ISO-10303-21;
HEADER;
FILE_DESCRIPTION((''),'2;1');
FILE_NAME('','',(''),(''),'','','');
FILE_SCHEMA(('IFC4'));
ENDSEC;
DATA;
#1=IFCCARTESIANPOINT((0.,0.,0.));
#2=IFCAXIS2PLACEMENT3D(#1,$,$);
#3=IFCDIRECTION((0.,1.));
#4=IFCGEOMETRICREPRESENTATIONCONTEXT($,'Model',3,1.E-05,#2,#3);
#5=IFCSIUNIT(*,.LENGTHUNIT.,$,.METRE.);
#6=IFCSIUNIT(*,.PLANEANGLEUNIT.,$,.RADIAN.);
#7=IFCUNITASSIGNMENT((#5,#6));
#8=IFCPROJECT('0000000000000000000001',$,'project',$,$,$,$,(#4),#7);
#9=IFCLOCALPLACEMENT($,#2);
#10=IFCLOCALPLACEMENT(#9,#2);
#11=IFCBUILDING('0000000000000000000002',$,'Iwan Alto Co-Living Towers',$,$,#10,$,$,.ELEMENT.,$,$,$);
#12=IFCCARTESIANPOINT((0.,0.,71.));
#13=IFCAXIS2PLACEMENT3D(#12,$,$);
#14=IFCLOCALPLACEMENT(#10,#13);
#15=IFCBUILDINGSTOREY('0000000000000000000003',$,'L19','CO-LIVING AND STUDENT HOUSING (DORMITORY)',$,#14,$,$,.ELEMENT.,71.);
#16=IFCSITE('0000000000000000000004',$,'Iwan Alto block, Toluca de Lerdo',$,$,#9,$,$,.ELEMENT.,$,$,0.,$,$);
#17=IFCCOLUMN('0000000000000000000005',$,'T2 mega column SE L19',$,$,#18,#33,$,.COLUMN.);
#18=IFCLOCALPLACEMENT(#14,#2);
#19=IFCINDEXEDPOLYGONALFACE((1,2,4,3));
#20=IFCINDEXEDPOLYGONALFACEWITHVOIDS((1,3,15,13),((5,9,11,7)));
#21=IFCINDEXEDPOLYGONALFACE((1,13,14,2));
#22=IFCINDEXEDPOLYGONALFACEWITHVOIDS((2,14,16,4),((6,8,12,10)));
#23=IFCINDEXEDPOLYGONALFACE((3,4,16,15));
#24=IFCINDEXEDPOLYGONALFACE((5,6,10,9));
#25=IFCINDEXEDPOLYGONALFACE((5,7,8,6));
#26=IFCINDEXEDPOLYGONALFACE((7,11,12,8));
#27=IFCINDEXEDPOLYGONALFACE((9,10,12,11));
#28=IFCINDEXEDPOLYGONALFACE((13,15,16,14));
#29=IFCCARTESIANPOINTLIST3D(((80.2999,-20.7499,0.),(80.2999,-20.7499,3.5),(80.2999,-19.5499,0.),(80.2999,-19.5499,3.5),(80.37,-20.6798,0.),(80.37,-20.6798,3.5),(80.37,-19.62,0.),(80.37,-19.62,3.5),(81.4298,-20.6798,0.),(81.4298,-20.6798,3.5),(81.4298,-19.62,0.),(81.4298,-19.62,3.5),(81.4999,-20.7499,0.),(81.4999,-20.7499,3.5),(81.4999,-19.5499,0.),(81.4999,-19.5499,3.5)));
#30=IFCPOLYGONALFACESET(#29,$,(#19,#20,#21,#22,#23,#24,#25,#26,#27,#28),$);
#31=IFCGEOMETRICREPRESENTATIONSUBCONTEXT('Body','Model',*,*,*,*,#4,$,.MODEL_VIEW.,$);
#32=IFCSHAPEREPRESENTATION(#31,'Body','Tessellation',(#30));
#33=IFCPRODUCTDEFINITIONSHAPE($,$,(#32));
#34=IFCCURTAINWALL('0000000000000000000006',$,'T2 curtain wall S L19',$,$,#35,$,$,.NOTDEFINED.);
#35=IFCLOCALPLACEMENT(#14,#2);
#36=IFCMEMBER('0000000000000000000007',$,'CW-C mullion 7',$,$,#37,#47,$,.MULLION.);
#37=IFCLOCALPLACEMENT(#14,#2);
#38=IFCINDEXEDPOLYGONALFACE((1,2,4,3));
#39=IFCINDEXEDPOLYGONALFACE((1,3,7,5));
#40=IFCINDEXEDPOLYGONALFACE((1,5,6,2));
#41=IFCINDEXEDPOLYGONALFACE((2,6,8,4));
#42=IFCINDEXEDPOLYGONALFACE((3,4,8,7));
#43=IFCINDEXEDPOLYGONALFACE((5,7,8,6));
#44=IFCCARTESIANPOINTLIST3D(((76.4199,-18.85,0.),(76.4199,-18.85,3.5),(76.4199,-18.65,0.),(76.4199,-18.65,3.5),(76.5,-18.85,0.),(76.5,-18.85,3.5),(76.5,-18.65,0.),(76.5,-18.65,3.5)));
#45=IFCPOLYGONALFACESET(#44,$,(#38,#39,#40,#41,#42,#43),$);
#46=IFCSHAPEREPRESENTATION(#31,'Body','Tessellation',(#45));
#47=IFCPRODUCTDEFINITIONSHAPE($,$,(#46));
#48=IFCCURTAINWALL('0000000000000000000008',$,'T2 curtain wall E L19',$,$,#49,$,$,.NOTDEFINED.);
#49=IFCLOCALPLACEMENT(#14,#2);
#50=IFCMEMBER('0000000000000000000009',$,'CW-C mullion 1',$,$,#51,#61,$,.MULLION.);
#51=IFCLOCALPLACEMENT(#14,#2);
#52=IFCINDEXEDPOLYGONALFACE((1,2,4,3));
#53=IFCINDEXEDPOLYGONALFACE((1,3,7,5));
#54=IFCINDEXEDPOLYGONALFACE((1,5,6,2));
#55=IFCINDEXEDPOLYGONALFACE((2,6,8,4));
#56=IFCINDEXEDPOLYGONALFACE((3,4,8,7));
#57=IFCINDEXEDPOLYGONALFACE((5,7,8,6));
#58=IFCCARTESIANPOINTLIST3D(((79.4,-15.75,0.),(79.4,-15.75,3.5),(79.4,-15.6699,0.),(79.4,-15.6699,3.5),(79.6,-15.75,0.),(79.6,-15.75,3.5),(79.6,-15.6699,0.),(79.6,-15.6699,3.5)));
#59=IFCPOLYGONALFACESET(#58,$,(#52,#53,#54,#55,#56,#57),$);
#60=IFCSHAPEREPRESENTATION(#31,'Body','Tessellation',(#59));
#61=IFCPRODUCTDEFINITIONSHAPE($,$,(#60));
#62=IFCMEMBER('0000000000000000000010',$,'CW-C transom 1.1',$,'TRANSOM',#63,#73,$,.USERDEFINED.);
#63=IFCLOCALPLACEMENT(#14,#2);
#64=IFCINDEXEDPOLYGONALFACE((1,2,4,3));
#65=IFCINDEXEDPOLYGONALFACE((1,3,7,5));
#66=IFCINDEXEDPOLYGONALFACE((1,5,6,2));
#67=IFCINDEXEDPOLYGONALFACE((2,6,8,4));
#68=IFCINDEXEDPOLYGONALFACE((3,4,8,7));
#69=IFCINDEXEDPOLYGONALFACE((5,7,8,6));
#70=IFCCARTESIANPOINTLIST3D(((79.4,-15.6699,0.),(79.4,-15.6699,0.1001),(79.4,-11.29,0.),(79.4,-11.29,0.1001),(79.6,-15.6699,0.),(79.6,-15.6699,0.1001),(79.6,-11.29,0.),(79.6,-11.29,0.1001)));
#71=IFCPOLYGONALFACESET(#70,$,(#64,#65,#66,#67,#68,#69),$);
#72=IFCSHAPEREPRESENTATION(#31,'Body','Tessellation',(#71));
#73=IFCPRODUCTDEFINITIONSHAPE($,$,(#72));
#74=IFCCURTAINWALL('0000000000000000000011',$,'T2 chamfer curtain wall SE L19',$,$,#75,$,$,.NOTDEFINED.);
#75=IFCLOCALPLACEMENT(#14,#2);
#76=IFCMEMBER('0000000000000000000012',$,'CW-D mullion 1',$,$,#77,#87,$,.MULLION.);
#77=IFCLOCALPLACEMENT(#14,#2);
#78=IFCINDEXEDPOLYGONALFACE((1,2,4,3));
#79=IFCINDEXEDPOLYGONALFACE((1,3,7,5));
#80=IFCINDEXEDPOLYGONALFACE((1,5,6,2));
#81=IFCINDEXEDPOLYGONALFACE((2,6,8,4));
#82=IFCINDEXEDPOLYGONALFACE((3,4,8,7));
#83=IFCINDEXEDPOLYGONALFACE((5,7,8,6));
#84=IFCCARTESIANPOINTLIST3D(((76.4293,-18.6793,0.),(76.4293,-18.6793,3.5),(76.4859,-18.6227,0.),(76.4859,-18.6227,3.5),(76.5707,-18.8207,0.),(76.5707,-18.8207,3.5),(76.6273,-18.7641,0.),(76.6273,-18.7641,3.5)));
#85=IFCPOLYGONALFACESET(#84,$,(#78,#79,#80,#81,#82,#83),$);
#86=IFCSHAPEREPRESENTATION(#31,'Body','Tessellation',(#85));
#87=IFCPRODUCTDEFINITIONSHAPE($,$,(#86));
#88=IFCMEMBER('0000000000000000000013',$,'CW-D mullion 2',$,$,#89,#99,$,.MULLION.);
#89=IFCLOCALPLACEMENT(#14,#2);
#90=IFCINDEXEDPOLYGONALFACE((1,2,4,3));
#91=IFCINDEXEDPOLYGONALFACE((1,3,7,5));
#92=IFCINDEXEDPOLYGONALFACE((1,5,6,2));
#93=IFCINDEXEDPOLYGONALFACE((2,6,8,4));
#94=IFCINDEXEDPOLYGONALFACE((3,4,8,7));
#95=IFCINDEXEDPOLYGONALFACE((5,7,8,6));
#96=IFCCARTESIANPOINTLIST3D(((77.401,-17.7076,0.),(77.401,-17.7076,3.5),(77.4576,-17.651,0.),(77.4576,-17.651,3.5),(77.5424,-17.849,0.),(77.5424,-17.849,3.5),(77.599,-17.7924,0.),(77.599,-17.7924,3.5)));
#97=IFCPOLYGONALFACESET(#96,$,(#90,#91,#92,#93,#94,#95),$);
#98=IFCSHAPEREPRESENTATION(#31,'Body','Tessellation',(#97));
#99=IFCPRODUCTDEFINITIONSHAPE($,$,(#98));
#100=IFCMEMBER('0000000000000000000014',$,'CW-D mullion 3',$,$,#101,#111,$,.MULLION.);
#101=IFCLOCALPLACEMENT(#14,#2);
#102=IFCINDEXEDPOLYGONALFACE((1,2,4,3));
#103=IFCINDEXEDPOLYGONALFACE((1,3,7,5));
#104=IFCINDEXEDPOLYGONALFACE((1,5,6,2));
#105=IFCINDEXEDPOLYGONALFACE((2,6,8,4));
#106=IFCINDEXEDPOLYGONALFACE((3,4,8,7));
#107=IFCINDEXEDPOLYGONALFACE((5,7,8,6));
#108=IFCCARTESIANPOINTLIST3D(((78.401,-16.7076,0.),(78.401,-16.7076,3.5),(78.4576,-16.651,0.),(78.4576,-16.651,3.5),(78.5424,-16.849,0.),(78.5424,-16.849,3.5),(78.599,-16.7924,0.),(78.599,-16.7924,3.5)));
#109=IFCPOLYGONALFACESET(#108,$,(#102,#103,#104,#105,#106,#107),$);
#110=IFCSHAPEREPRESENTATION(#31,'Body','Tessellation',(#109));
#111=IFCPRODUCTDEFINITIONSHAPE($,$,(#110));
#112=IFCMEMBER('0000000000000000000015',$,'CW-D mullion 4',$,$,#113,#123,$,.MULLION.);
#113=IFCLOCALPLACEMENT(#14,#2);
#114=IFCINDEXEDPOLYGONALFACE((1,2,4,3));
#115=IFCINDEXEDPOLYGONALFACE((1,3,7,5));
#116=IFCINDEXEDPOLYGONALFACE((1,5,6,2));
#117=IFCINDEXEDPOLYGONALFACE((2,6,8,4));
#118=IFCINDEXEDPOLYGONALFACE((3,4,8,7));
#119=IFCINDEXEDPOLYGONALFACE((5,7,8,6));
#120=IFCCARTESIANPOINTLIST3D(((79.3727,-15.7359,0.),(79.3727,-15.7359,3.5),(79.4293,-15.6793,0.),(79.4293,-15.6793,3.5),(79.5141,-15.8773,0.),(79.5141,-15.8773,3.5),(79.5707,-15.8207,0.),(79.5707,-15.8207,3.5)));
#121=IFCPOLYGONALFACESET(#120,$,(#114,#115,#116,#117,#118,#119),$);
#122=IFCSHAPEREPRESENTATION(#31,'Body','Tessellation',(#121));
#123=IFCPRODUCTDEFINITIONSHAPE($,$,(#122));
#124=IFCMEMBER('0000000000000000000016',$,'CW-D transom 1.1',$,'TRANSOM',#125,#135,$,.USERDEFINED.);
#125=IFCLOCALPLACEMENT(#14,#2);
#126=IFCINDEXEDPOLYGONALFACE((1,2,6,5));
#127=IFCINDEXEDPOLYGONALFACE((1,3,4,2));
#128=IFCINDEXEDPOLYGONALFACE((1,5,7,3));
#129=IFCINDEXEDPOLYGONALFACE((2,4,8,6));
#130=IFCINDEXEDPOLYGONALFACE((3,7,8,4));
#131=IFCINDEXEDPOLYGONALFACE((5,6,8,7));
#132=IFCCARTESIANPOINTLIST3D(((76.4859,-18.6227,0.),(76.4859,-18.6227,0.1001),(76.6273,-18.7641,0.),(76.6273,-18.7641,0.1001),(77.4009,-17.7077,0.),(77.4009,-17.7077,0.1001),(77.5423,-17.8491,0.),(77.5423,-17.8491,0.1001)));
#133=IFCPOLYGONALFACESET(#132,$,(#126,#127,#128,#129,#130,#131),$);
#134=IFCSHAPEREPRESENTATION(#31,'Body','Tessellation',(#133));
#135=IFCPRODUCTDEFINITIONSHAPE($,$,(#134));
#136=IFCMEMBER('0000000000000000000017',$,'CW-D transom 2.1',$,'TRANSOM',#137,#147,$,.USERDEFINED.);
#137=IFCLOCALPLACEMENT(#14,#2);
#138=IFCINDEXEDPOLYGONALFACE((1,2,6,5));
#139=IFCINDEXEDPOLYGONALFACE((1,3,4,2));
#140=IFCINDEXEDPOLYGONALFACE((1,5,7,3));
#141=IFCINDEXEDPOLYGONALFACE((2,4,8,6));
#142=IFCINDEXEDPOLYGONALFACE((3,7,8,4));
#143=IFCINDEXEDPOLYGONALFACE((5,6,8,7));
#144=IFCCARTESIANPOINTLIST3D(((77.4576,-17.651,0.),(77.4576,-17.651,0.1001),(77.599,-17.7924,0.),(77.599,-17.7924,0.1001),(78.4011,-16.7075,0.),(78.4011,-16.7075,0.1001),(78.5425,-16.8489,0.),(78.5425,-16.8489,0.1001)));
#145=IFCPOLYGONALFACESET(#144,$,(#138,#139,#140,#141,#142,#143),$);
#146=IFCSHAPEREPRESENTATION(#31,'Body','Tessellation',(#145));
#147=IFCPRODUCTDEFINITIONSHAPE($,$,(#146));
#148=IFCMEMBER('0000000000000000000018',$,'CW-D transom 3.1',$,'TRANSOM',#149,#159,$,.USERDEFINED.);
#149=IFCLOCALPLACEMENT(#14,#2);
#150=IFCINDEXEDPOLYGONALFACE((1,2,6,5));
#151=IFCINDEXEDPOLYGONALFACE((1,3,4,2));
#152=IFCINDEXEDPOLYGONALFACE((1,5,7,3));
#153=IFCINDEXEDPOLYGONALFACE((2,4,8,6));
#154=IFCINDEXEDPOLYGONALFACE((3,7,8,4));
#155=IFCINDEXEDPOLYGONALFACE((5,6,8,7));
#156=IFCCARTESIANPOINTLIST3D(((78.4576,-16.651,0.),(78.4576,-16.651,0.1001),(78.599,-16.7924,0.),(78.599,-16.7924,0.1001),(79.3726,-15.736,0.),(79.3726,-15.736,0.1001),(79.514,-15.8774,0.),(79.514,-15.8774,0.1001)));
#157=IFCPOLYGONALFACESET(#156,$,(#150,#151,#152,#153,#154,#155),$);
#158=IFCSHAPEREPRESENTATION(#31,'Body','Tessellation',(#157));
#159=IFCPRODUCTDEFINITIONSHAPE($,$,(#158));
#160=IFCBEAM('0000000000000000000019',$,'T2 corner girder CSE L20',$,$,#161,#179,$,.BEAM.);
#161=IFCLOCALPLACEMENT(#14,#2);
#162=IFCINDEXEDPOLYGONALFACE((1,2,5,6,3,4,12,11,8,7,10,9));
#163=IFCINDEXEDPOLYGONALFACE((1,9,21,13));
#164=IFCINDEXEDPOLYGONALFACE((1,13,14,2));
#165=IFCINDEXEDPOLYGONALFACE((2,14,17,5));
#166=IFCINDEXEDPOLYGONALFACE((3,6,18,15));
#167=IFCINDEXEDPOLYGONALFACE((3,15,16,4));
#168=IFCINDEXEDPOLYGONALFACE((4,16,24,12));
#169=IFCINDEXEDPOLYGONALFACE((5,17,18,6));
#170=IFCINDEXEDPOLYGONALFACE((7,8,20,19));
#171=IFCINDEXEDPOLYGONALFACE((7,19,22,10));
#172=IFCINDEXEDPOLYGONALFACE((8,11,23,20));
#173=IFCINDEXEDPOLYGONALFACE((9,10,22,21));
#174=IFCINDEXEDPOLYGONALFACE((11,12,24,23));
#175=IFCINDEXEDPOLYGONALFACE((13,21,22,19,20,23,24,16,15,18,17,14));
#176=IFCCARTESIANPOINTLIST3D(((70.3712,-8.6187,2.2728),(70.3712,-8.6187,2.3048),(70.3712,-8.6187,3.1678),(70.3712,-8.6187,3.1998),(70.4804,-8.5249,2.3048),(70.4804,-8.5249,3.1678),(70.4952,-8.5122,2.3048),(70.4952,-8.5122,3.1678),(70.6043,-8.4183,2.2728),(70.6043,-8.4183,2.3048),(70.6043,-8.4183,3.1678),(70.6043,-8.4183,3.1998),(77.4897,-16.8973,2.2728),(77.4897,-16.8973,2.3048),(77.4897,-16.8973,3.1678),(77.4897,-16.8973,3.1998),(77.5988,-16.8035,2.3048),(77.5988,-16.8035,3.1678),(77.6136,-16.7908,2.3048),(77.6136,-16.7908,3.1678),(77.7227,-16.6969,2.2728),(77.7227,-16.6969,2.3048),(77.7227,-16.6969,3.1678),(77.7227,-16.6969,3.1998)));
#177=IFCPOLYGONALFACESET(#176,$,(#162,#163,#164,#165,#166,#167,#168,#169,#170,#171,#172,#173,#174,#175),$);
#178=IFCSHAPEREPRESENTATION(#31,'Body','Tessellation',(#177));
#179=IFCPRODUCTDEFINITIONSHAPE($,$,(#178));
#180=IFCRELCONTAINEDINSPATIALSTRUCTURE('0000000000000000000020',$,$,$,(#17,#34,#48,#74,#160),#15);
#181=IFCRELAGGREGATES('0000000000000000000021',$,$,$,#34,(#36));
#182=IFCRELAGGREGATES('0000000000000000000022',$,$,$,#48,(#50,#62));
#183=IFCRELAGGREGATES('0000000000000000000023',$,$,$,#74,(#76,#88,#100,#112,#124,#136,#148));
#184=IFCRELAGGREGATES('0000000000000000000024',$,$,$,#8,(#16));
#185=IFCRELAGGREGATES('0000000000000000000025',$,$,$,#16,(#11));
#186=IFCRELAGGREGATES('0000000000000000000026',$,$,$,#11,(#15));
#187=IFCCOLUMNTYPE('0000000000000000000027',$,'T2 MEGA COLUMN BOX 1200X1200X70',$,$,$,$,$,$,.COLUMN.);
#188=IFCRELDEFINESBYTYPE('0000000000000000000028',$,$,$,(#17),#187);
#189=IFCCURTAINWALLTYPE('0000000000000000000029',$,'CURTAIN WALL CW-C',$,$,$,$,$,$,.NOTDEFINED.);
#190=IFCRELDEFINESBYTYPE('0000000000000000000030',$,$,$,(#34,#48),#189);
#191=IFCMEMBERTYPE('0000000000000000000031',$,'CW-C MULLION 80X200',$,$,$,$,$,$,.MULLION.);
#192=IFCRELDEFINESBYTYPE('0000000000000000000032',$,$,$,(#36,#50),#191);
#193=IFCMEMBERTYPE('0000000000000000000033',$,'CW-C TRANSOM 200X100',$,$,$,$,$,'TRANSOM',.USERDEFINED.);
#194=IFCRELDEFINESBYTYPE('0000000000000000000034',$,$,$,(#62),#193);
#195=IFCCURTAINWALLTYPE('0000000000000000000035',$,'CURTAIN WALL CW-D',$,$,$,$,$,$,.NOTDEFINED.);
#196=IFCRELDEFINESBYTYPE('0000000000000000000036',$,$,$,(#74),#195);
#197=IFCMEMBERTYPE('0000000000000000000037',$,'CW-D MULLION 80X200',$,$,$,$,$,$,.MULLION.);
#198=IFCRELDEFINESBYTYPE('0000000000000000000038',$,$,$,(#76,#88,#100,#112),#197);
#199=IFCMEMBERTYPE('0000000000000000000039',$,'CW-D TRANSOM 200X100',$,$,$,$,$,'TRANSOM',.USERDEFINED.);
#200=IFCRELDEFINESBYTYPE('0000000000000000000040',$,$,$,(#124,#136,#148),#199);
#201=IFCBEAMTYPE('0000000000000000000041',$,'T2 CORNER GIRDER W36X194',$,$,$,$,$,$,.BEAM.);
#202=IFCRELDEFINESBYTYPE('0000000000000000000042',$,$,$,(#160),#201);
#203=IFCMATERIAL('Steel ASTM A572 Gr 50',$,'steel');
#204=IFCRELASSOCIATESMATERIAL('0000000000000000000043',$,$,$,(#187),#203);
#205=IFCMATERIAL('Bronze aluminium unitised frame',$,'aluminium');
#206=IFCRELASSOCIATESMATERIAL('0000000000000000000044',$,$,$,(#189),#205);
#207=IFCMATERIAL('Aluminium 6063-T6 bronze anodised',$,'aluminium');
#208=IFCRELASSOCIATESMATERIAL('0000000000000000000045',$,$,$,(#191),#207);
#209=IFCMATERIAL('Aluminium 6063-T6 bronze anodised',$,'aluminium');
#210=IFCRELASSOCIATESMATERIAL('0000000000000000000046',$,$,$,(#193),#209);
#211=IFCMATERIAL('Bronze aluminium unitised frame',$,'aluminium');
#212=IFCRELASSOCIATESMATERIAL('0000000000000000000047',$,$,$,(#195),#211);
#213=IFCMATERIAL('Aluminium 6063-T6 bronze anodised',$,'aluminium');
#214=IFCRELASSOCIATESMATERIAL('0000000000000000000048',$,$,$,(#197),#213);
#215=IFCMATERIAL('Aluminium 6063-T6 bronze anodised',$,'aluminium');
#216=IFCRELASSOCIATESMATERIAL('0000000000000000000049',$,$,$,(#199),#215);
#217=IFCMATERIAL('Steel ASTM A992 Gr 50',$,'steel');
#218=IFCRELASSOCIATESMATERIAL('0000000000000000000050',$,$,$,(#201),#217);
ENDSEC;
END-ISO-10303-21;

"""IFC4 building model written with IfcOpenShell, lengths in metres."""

from ifc_helpers import new_model, si_unit, direction, frame, origin, origin_2d, place, context, subcontext, project, spatial, rectangle, hollow_rectangle, i_section, extrude, material, material_profile, profile_set, type_object, element, aggregate, save


model = new_model("IFC4")

# Units and contexts
model_context = context("Model", 3, precision=1e-05, world=origin(), true_north=direction((0.0, 1.0)))
body_context = subcontext(model_context, "Body", "Model", "MODEL_VIEW")
ifc_project = project(units=[si_unit("LENGTHUNIT", "METRE"), si_unit("PLANEANGLEUNIT", "RADIAN")], contexts=[model_context])

# Site, building, storey
site_placement = place(None, origin())
site = spatial("IfcSite", under=ifc_project, at=site_placement, Name="Iwan Alto block, Toluca de Lerdo", CompositionType="ELEMENT", RefElevation=0.0)
building_placement = place(site_placement, origin())
building = spatial("IfcBuilding", under=site, at=building_placement, Name="Iwan Alto Co-Living Towers", CompositionType="ELEMENT")
storey_placement = place(building_placement, frame((0.0, 0.0, 71.0)))
storey = spatial("IfcBuildingStorey", under=building, at=storey_placement, Name="L19", Description="CO-LIVING AND STUDENT HOUSING (DORMITORY)", CompositionType="ELEMENT", Elevation=71.0)

# Column
ifc_material_1 = material(Name="Steel ASTM A572 Gr 50", Category="steel")
ifc_material_profile_1 = material_profile(ifc_material_1, hollow_rectangle(XDim=1.2, YDim=1.2, WallThickness=0.0701, at=origin_2d()), Name="BOX 1200X1200X70")
ifc_profile_set_1 = profile_set([ifc_material_profile_1], Name="Steel ASTM A572 Gr 50")
column_type = type_object("IfcColumnType", Name="T2 MEGA COLUMN BOX 1200X1200X70", PredefinedType="COLUMN", material=ifc_profile_set_1)
column_placement = place(storey_placement, frame((80.8999, -20.1499, 0.0), z_axis=(0.0, 0.0, 1.0), x_axis=(1.0, 0.0, 0.0)))
element("IfcColumn", 1, at=column_placement, inside=storey, type_object=column_type, Name="T2 mega column SE L19", PredefinedType="COLUMN", context=body_context, shape_type="SweptSolid", body=[
    extrude(hollow_rectangle(XDim=1.2, YDim=1.2, WallThickness=0.0701, at=origin_2d()), origin(), (0.0, 0.0, 1.0), 3.5),
])

# Curtain wall, member
ifc_material_2 = material(Name="Bronze aluminium unitised frame", Category="aluminium")
curtain_wall_type_1 = type_object("IfcCurtainWallType", Name="CURTAIN WALL CW-C", PredefinedType="NOTDEFINED", material=ifc_material_2)
curtain_wall_1_placement = place(storey_placement, origin())
curtain_wall_1 = element("IfcCurtainWall", 2, at=curtain_wall_1_placement, inside=storey, type_object=curtain_wall_type_1, Name="T2 curtain wall S L19", PredefinedType="NOTDEFINED")
ifc_material_3 = material(Name="Aluminium 6063-T6 bronze anodised", Category="aluminium")
ifc_material_profile_2 = material_profile(ifc_material_3, rectangle(XDim=0.2, YDim=0.0801, at=origin_2d()), Name="AL 80X200")
ifc_profile_set_2 = profile_set([ifc_material_profile_2], Name="Aluminium 6063-T6 bronze anodised")
member_type_1 = type_object("IfcMemberType", Name="CW-C MULLION 80X200", PredefinedType="MULLION", material=ifc_profile_set_2)
member_1_placement = place(storey_placement, frame((76.46, -18.75, 0.0), z_axis=(0.0, 0.0, 1.0), x_axis=(0.0, 1.0, 0.0)))
member_1 = element("IfcMember", 3, at=member_1_placement, type_object=member_type_1, Name="CW-C mullion 7", PredefinedType="MULLION", context=body_context, shape_type="SweptSolid", body=[
    extrude(rectangle(XDim=0.2, YDim=0.0801, at=origin_2d()), origin(), (0.0, 0.0, 1.0), 3.5),
])

# Curtain walls, members
curtain_wall_2_placement = place(storey_placement, origin())
curtain_wall_2 = element("IfcCurtainWall", 4, at=curtain_wall_2_placement, inside=storey, type_object=curtain_wall_type_1, Name="T2 curtain wall E L19", PredefinedType="NOTDEFINED")
member_2_placement = place(storey_placement, frame((79.5, -15.71, 0.0), z_axis=(0.0, 0.0, 1.0), x_axis=(-1.0, 0.0, 0.0)))
member_2 = element("IfcMember", 5, at=member_2_placement, type_object=member_type_1, Name="CW-C mullion 1", PredefinedType="MULLION", context=body_context, shape_type="SweptSolid", body=[
    extrude(rectangle(XDim=0.2, YDim=0.0801, at=origin_2d()), origin(), (0.0, 0.0, 1.0), 3.5),
])
ifc_material_4 = material(Name="Aluminium 6063-T6 bronze anodised", Category="aluminium")
ifc_material_profile_3 = material_profile(ifc_material_4, rectangle(XDim=0.2, YDim=0.1001, at=origin_2d()), Name="AL 200X100")
ifc_profile_set_3 = profile_set([ifc_material_profile_3], Name="Aluminium 6063-T6 bronze anodised")
member_type_2 = type_object("IfcMemberType", Name="CW-C TRANSOM 200X100", ElementType="TRANSOM", PredefinedType="USERDEFINED", material=ifc_profile_set_3)
member_3_placement = place(storey_placement, frame((79.5, -15.6699, 0.05), z_axis=(0.0, 1.0, 0.0), x_axis=(-1.0, 0.0, 0.0)))
member_3 = element("IfcMember", 6, at=member_3_placement, type_object=member_type_2, Name="CW-C transom 1.1", ObjectType="TRANSOM", PredefinedType="USERDEFINED", context=body_context, shape_type="SweptSolid", body=[
    extrude(rectangle(XDim=0.2, YDim=0.1001, at=origin_2d()), origin(), (0.0, 0.0, 1.0), 4.3799),
])
ifc_material_5 = material(Name="Bronze aluminium unitised frame", Category="aluminium")
curtain_wall_type_2 = type_object("IfcCurtainWallType", Name="CURTAIN WALL CW-D", PredefinedType="NOTDEFINED", material=ifc_material_5)
curtain_wall_3_placement = place(storey_placement, origin())
curtain_wall_3 = element("IfcCurtainWall", 7, at=curtain_wall_3_placement, inside=storey, type_object=curtain_wall_type_2, Name="T2 chamfer curtain wall SE L19", PredefinedType="NOTDEFINED")
ifc_material_6 = material(Name="Aluminium 6063-T6 bronze anodised", Category="aluminium")
ifc_material_profile_4 = material_profile(ifc_material_6, rectangle(XDim=0.2, YDim=0.0801, at=origin_2d()), Name="AL 80X200")
ifc_profile_set_4 = profile_set([ifc_material_profile_4], Name="Aluminium 6063-T6 bronze anodised")
member_type_3 = type_object("IfcMemberType", Name="CW-D MULLION 80X200", PredefinedType="MULLION", material=ifc_profile_set_4)
member_4_placement = place(storey_placement, frame((76.5283, -18.7217, 0.0), z_axis=(0.0, 0.0, 1.0), x_axis=(-0.707107, 0.707107, 0.0)))
member_4 = element("IfcMember", 8, at=member_4_placement, type_object=member_type_3, Name="CW-D mullion 1", PredefinedType="MULLION", context=body_context, shape_type="SweptSolid", body=[
    extrude(rectangle(XDim=0.2, YDim=0.0801, at=origin_2d()), origin(), (0.0, 0.0, 1.0), 3.5),
])
member_5_placement = place(storey_placement, frame((77.5, -17.75, 0.0), z_axis=(0.0, 0.0, 1.0), x_axis=(-0.707107, 0.707107, 0.0)))
member_5 = element("IfcMember", 9, at=member_5_placement, type_object=member_type_3, Name="CW-D mullion 2", PredefinedType="MULLION", context=body_context, shape_type="SweptSolid", body=[
    extrude(rectangle(XDim=0.2, YDim=0.0801, at=origin_2d()), origin(), (0.0, 0.0, 1.0), 3.5),
])
member_6_placement = place(storey_placement, frame((78.5, -16.75, 0.0), z_axis=(0.0, 0.0, 1.0), x_axis=(-0.707107, 0.707107, 0.0)))
member_6 = element("IfcMember", 10, at=member_6_placement, type_object=member_type_3, Name="CW-D mullion 3", PredefinedType="MULLION", context=body_context, shape_type="SweptSolid", body=[
    extrude(rectangle(XDim=0.2, YDim=0.0801, at=origin_2d()), origin(), (0.0, 0.0, 1.0), 3.5),
])
member_7_placement = place(storey_placement, frame((79.4717, -15.7783, 0.0), z_axis=(0.0, 0.0, 1.0), x_axis=(-0.707107, 0.707107, 0.0)))
member_7 = element("IfcMember", 11, at=member_7_placement, type_object=member_type_3, Name="CW-D mullion 4", PredefinedType="MULLION", context=body_context, shape_type="SweptSolid", body=[
    extrude(rectangle(XDim=0.2, YDim=0.0801, at=origin_2d()), origin(), (0.0, 0.0, 1.0), 3.5),
])
ifc_material_7 = material(Name="Aluminium 6063-T6 bronze anodised", Category="aluminium")
ifc_material_profile_5 = material_profile(ifc_material_7, rectangle(XDim=0.2, YDim=0.1001, at=origin_2d()), Name="AL 200X100")
ifc_profile_set_5 = profile_set([ifc_material_profile_5], Name="Aluminium 6063-T6 bronze anodised")
member_type_4 = type_object("IfcMemberType", Name="CW-D TRANSOM 200X100", ElementType="TRANSOM", PredefinedType="USERDEFINED", material=ifc_profile_set_5)
member_8_placement = place(storey_placement, frame((76.5566, -18.6934, 0.05), z_axis=(0.707107, 0.707107, 0.0), x_axis=(-0.707107, 0.707107, 0.0)))
member_8 = element("IfcMember", 12, at=member_8_placement, type_object=member_type_4, Name="CW-D transom 1.1", ObjectType="TRANSOM", PredefinedType="USERDEFINED", context=body_context, shape_type="SweptSolid", body=[
    extrude(rectangle(XDim=0.2, YDim=0.1001, at=origin_2d()), origin(), (0.0, 0.0, 1.0), 1.2939),
])
member_9_placement = place(storey_placement, frame((77.5283, -17.7217, 0.05), z_axis=(0.707107, 0.707107, 0.0), x_axis=(-0.707107, 0.707107, 0.0)))
member_9 = element("IfcMember", 13, at=member_9_placement, type_object=member_type_4, Name="CW-D transom 2.1", ObjectType="TRANSOM", PredefinedType="USERDEFINED", context=body_context, shape_type="SweptSolid", body=[
    extrude(rectangle(XDim=0.2, YDim=0.1001, at=origin_2d()), origin(), (0.0, 0.0, 1.0), 1.3342),
])
member_10_placement = place(storey_placement, frame((78.5283, -16.7217, 0.05), z_axis=(0.707107, 0.707107, 0.0), x_axis=(-0.707107, 0.707107, 0.0)))
member_10 = element("IfcMember", 14, at=member_10_placement, type_object=member_type_4, Name="CW-D transom 3.1", ObjectType="TRANSOM", PredefinedType="USERDEFINED", context=body_context, shape_type="SweptSolid", body=[
    extrude(rectangle(XDim=0.2, YDim=0.1001, at=origin_2d()), origin(), (0.0, 0.0, 1.0), 1.2939),
])

# Beam
ifc_material_8 = material(Name="Steel ASTM A992 Gr 50", Category="steel")
ifc_material_profile_6 = material_profile(ifc_material_8, i_section(OverallWidth=0.3074, OverallDepth=0.927, WebThickness=0.0195, FlangeThickness=0.032, at=origin_2d()), Name="W36X194")
ifc_profile_set_6 = profile_set([ifc_material_profile_6], Name="Steel ASTM A992 Gr 50")
beam_type_1 = type_object("IfcBeamType", Name="T2 CORNER GIRDER W36X194", PredefinedType="BEAM", material=ifc_profile_set_6)
beam_1_placement = place(storey_placement, frame((77.6062, -16.7971, 2.7363), z_axis=(-0.651978, 0.758238, 0.0), x_axis=(-0.758238, -0.651978, 0.0)))
element("IfcBeam", 15, at=beam_1_placement, inside=storey, type_object=beam_type_1, Name="T2 corner girder CSE L20", PredefinedType="BEAM", context=body_context, shape_type="SweptSolid", body=[
    extrude(i_section(OverallWidth=0.3074, OverallDepth=0.927, WebThickness=0.0195, FlangeThickness=0.032, at=origin_2d()), origin(), (0.0, 0.0, 1.0), 10.9182),
])

aggregate(curtain_wall_1, [member_1])
aggregate(curtain_wall_2, [member_2, member_3])
aggregate(curtain_wall_3, [member_4, member_5, member_6, member_7, member_8, member_9, member_10])

save(model, "model.ifc")
